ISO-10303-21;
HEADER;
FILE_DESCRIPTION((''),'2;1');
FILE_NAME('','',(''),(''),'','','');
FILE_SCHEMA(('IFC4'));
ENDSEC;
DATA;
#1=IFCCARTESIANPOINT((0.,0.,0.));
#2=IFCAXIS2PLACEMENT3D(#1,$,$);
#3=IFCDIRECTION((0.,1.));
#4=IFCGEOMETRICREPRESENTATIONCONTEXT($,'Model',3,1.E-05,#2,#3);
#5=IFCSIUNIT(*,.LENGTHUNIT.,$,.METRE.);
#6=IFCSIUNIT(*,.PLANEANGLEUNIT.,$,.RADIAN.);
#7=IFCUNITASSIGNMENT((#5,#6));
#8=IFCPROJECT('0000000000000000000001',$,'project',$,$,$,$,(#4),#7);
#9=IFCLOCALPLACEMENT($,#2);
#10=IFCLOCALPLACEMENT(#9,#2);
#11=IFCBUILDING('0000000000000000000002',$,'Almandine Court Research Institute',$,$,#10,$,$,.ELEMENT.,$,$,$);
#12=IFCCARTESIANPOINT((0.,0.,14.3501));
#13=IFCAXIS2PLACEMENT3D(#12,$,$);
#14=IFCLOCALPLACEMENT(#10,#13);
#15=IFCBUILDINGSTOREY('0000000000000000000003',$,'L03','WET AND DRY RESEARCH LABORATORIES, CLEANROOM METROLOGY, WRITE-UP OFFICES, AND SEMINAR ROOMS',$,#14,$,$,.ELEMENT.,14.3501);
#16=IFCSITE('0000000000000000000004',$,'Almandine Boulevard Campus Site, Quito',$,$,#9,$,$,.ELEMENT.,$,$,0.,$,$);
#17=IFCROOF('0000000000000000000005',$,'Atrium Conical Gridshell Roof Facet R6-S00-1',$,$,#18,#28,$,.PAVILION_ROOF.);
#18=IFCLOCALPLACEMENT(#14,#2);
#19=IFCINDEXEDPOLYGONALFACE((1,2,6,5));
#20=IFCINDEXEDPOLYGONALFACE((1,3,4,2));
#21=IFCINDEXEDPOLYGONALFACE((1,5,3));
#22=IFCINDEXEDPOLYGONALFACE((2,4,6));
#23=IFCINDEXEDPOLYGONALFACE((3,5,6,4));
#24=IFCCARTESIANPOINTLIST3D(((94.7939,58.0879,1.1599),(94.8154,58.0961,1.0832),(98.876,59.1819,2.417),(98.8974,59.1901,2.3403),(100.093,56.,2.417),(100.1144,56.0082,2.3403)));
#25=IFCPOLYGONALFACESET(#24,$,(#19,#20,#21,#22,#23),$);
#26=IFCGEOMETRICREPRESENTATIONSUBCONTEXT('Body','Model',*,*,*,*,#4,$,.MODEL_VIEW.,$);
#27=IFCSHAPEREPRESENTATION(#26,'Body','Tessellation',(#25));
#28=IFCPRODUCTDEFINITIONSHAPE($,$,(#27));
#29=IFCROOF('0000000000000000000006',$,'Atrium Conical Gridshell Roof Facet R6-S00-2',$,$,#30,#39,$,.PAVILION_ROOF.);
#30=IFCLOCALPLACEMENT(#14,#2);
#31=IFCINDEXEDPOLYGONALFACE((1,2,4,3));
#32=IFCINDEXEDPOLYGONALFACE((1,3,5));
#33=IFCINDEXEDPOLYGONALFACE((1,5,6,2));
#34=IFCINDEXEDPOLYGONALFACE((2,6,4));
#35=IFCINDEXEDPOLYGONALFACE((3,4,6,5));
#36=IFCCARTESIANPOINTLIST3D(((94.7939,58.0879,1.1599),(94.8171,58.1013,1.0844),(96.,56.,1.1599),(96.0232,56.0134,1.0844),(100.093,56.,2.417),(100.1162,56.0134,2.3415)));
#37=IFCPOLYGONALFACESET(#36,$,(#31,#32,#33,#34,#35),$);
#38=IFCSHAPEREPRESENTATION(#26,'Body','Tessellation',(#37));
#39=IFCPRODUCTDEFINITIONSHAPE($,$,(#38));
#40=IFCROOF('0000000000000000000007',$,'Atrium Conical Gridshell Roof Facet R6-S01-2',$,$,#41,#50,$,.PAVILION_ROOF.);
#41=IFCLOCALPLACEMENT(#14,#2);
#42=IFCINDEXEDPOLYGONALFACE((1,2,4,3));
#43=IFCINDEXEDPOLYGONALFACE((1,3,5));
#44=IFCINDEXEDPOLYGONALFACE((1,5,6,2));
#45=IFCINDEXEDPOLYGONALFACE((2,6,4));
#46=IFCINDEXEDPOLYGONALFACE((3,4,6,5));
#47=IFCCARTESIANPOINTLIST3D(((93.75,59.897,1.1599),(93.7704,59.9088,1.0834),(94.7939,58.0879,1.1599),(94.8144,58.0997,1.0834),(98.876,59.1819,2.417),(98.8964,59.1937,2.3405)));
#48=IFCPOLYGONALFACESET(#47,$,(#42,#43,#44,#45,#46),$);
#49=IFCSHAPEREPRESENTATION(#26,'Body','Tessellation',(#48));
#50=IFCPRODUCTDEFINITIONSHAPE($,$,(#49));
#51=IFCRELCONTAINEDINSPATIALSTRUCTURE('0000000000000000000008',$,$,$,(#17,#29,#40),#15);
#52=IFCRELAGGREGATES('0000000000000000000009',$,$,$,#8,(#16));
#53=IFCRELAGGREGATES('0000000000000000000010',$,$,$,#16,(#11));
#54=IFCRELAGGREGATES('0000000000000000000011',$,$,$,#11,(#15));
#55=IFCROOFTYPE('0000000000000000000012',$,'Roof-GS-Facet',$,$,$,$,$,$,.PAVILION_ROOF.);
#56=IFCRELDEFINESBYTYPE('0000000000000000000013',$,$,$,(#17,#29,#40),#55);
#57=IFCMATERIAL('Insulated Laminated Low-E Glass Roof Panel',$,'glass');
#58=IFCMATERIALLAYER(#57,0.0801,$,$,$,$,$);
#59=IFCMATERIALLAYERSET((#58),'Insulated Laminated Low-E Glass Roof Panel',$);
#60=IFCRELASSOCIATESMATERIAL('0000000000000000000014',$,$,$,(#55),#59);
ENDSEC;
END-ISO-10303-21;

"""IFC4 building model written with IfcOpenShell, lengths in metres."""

from ifc_helpers import new_model, si_unit, direction, frame, origin, place, context, subcontext, project, spatial, polyline, outline, extrude, material, layer, layer_set, type_object, element, save


model = new_model("IFC4")

# Units and contexts
model_context = context("Model", 3, precision=1e-05, world=origin(), true_north=direction((0.0, 1.0)))
body_context = subcontext(model_context, "Body", "Model", "MODEL_VIEW")
ifc_project = project(units=[si_unit("LENGTHUNIT", "METRE"), si_unit("PLANEANGLEUNIT", "RADIAN")], contexts=[model_context])

# Site, building, storey
site_placement = place(None, origin())
site = spatial("IfcSite", under=ifc_project, at=site_placement, Name="Almandine Boulevard Campus Site, Quito", CompositionType="ELEMENT", RefElevation=0.0)
building_placement = place(site_placement, origin())
building = spatial("IfcBuilding", under=site, at=building_placement, Name="Almandine Court Research Institute", CompositionType="ELEMENT")
storey_placement = place(building_placement, frame((0.0, 0.0, 14.3501)))
storey = spatial("IfcBuildingStorey", under=building, at=storey_placement, Name="L03", Description="WET AND DRY RESEARCH LABORATORIES, CLEANROOM METROLOGY, WRITE-UP OFFICES, AND SEMINAR ROOMS", CompositionType="ELEMENT", Elevation=14.3501)

# Roofs
ifc_material_1 = material(Name="Insulated Laminated Low-E Glass Roof Panel", Category="glass")
ifc_layer_1 = layer(ifc_material_1, 0.0801)
ifc_layer_set_1 = layer_set([ifc_layer_1], Name="Insulated Laminated Low-E Glass Roof Panel")
roof_type = type_object("IfcRoofType", Name="Roof-GS-Facet", PredefinedType="PAVILION_ROOF", material=ifc_layer_set_1)
roof_1_placement = place(storey_placement, frame((100.093, 56.0, 2.417), z_axis=(-0.267611, -0.102359, 0.958075), x_axis=(-0.35725, 0.934009, 0.0)))
element("IfcRoof", 1, at=roof_1_placement, inside=storey, type_object=roof_type, Name="Atrium Conical Gridshell Roof Facet R6-S00-1", PredefinedType="PAVILION_ROOF", context=body_context, shape_type="SweptSolid", body=[
    extrude(outline(polyline([(0.0, 0.0), (3.4067, 0.0), (3.8432, 4.3874), (0.0, 0.0)])), origin(), (0.0, 0.0, -1.0), 0.0801),
])
roof_2_placement = place(storey_placement, frame((100.093, 56.0, 2.417), z_axis=(-0.28946, -0.167204, 0.942473), x_axis=(-0.90852, 0.357967, -0.215525)))
element("IfcRoof", 2, at=roof_2_placement, inside=storey, type_object=roof_type, Name="Atrium Conical Gridshell Roof Facet R6-S00-2", PredefinedType="PAVILION_ROOF", context=body_context, shape_type="SweptSolid", body=[
    extrude(outline(polyline([(0.0, 0.0), (5.8326, 0.0), (3.9895, 1.5546), (0.0, 0.0)])), origin(), (0.0, 0.0, -1.0), 0.0801),
])
roof_3_placement = place(storey_placement, frame((98.876, 59.1819, 2.417), z_axis=(-0.254896, -0.14709, 0.955716), x_axis=(-0.962428, 0.134261, -0.236023)))
element("IfcRoof", 3, at=roof_3_placement, inside=storey, type_object=roof_type, Name="Atrium Conical Gridshell Roof Facet R6-S01-2", PredefinedType="PAVILION_ROOF", context=body_context, shape_type="SweptSolid", body=[
    extrude(outline(polyline([(0.0, 0.0), (5.3261, 0.0), (4.0785, 1.6751), (0.0, 0.0)])), origin(), (0.0, 0.0, -1.0), 0.0801),
])

save(model, "model.ifc")
